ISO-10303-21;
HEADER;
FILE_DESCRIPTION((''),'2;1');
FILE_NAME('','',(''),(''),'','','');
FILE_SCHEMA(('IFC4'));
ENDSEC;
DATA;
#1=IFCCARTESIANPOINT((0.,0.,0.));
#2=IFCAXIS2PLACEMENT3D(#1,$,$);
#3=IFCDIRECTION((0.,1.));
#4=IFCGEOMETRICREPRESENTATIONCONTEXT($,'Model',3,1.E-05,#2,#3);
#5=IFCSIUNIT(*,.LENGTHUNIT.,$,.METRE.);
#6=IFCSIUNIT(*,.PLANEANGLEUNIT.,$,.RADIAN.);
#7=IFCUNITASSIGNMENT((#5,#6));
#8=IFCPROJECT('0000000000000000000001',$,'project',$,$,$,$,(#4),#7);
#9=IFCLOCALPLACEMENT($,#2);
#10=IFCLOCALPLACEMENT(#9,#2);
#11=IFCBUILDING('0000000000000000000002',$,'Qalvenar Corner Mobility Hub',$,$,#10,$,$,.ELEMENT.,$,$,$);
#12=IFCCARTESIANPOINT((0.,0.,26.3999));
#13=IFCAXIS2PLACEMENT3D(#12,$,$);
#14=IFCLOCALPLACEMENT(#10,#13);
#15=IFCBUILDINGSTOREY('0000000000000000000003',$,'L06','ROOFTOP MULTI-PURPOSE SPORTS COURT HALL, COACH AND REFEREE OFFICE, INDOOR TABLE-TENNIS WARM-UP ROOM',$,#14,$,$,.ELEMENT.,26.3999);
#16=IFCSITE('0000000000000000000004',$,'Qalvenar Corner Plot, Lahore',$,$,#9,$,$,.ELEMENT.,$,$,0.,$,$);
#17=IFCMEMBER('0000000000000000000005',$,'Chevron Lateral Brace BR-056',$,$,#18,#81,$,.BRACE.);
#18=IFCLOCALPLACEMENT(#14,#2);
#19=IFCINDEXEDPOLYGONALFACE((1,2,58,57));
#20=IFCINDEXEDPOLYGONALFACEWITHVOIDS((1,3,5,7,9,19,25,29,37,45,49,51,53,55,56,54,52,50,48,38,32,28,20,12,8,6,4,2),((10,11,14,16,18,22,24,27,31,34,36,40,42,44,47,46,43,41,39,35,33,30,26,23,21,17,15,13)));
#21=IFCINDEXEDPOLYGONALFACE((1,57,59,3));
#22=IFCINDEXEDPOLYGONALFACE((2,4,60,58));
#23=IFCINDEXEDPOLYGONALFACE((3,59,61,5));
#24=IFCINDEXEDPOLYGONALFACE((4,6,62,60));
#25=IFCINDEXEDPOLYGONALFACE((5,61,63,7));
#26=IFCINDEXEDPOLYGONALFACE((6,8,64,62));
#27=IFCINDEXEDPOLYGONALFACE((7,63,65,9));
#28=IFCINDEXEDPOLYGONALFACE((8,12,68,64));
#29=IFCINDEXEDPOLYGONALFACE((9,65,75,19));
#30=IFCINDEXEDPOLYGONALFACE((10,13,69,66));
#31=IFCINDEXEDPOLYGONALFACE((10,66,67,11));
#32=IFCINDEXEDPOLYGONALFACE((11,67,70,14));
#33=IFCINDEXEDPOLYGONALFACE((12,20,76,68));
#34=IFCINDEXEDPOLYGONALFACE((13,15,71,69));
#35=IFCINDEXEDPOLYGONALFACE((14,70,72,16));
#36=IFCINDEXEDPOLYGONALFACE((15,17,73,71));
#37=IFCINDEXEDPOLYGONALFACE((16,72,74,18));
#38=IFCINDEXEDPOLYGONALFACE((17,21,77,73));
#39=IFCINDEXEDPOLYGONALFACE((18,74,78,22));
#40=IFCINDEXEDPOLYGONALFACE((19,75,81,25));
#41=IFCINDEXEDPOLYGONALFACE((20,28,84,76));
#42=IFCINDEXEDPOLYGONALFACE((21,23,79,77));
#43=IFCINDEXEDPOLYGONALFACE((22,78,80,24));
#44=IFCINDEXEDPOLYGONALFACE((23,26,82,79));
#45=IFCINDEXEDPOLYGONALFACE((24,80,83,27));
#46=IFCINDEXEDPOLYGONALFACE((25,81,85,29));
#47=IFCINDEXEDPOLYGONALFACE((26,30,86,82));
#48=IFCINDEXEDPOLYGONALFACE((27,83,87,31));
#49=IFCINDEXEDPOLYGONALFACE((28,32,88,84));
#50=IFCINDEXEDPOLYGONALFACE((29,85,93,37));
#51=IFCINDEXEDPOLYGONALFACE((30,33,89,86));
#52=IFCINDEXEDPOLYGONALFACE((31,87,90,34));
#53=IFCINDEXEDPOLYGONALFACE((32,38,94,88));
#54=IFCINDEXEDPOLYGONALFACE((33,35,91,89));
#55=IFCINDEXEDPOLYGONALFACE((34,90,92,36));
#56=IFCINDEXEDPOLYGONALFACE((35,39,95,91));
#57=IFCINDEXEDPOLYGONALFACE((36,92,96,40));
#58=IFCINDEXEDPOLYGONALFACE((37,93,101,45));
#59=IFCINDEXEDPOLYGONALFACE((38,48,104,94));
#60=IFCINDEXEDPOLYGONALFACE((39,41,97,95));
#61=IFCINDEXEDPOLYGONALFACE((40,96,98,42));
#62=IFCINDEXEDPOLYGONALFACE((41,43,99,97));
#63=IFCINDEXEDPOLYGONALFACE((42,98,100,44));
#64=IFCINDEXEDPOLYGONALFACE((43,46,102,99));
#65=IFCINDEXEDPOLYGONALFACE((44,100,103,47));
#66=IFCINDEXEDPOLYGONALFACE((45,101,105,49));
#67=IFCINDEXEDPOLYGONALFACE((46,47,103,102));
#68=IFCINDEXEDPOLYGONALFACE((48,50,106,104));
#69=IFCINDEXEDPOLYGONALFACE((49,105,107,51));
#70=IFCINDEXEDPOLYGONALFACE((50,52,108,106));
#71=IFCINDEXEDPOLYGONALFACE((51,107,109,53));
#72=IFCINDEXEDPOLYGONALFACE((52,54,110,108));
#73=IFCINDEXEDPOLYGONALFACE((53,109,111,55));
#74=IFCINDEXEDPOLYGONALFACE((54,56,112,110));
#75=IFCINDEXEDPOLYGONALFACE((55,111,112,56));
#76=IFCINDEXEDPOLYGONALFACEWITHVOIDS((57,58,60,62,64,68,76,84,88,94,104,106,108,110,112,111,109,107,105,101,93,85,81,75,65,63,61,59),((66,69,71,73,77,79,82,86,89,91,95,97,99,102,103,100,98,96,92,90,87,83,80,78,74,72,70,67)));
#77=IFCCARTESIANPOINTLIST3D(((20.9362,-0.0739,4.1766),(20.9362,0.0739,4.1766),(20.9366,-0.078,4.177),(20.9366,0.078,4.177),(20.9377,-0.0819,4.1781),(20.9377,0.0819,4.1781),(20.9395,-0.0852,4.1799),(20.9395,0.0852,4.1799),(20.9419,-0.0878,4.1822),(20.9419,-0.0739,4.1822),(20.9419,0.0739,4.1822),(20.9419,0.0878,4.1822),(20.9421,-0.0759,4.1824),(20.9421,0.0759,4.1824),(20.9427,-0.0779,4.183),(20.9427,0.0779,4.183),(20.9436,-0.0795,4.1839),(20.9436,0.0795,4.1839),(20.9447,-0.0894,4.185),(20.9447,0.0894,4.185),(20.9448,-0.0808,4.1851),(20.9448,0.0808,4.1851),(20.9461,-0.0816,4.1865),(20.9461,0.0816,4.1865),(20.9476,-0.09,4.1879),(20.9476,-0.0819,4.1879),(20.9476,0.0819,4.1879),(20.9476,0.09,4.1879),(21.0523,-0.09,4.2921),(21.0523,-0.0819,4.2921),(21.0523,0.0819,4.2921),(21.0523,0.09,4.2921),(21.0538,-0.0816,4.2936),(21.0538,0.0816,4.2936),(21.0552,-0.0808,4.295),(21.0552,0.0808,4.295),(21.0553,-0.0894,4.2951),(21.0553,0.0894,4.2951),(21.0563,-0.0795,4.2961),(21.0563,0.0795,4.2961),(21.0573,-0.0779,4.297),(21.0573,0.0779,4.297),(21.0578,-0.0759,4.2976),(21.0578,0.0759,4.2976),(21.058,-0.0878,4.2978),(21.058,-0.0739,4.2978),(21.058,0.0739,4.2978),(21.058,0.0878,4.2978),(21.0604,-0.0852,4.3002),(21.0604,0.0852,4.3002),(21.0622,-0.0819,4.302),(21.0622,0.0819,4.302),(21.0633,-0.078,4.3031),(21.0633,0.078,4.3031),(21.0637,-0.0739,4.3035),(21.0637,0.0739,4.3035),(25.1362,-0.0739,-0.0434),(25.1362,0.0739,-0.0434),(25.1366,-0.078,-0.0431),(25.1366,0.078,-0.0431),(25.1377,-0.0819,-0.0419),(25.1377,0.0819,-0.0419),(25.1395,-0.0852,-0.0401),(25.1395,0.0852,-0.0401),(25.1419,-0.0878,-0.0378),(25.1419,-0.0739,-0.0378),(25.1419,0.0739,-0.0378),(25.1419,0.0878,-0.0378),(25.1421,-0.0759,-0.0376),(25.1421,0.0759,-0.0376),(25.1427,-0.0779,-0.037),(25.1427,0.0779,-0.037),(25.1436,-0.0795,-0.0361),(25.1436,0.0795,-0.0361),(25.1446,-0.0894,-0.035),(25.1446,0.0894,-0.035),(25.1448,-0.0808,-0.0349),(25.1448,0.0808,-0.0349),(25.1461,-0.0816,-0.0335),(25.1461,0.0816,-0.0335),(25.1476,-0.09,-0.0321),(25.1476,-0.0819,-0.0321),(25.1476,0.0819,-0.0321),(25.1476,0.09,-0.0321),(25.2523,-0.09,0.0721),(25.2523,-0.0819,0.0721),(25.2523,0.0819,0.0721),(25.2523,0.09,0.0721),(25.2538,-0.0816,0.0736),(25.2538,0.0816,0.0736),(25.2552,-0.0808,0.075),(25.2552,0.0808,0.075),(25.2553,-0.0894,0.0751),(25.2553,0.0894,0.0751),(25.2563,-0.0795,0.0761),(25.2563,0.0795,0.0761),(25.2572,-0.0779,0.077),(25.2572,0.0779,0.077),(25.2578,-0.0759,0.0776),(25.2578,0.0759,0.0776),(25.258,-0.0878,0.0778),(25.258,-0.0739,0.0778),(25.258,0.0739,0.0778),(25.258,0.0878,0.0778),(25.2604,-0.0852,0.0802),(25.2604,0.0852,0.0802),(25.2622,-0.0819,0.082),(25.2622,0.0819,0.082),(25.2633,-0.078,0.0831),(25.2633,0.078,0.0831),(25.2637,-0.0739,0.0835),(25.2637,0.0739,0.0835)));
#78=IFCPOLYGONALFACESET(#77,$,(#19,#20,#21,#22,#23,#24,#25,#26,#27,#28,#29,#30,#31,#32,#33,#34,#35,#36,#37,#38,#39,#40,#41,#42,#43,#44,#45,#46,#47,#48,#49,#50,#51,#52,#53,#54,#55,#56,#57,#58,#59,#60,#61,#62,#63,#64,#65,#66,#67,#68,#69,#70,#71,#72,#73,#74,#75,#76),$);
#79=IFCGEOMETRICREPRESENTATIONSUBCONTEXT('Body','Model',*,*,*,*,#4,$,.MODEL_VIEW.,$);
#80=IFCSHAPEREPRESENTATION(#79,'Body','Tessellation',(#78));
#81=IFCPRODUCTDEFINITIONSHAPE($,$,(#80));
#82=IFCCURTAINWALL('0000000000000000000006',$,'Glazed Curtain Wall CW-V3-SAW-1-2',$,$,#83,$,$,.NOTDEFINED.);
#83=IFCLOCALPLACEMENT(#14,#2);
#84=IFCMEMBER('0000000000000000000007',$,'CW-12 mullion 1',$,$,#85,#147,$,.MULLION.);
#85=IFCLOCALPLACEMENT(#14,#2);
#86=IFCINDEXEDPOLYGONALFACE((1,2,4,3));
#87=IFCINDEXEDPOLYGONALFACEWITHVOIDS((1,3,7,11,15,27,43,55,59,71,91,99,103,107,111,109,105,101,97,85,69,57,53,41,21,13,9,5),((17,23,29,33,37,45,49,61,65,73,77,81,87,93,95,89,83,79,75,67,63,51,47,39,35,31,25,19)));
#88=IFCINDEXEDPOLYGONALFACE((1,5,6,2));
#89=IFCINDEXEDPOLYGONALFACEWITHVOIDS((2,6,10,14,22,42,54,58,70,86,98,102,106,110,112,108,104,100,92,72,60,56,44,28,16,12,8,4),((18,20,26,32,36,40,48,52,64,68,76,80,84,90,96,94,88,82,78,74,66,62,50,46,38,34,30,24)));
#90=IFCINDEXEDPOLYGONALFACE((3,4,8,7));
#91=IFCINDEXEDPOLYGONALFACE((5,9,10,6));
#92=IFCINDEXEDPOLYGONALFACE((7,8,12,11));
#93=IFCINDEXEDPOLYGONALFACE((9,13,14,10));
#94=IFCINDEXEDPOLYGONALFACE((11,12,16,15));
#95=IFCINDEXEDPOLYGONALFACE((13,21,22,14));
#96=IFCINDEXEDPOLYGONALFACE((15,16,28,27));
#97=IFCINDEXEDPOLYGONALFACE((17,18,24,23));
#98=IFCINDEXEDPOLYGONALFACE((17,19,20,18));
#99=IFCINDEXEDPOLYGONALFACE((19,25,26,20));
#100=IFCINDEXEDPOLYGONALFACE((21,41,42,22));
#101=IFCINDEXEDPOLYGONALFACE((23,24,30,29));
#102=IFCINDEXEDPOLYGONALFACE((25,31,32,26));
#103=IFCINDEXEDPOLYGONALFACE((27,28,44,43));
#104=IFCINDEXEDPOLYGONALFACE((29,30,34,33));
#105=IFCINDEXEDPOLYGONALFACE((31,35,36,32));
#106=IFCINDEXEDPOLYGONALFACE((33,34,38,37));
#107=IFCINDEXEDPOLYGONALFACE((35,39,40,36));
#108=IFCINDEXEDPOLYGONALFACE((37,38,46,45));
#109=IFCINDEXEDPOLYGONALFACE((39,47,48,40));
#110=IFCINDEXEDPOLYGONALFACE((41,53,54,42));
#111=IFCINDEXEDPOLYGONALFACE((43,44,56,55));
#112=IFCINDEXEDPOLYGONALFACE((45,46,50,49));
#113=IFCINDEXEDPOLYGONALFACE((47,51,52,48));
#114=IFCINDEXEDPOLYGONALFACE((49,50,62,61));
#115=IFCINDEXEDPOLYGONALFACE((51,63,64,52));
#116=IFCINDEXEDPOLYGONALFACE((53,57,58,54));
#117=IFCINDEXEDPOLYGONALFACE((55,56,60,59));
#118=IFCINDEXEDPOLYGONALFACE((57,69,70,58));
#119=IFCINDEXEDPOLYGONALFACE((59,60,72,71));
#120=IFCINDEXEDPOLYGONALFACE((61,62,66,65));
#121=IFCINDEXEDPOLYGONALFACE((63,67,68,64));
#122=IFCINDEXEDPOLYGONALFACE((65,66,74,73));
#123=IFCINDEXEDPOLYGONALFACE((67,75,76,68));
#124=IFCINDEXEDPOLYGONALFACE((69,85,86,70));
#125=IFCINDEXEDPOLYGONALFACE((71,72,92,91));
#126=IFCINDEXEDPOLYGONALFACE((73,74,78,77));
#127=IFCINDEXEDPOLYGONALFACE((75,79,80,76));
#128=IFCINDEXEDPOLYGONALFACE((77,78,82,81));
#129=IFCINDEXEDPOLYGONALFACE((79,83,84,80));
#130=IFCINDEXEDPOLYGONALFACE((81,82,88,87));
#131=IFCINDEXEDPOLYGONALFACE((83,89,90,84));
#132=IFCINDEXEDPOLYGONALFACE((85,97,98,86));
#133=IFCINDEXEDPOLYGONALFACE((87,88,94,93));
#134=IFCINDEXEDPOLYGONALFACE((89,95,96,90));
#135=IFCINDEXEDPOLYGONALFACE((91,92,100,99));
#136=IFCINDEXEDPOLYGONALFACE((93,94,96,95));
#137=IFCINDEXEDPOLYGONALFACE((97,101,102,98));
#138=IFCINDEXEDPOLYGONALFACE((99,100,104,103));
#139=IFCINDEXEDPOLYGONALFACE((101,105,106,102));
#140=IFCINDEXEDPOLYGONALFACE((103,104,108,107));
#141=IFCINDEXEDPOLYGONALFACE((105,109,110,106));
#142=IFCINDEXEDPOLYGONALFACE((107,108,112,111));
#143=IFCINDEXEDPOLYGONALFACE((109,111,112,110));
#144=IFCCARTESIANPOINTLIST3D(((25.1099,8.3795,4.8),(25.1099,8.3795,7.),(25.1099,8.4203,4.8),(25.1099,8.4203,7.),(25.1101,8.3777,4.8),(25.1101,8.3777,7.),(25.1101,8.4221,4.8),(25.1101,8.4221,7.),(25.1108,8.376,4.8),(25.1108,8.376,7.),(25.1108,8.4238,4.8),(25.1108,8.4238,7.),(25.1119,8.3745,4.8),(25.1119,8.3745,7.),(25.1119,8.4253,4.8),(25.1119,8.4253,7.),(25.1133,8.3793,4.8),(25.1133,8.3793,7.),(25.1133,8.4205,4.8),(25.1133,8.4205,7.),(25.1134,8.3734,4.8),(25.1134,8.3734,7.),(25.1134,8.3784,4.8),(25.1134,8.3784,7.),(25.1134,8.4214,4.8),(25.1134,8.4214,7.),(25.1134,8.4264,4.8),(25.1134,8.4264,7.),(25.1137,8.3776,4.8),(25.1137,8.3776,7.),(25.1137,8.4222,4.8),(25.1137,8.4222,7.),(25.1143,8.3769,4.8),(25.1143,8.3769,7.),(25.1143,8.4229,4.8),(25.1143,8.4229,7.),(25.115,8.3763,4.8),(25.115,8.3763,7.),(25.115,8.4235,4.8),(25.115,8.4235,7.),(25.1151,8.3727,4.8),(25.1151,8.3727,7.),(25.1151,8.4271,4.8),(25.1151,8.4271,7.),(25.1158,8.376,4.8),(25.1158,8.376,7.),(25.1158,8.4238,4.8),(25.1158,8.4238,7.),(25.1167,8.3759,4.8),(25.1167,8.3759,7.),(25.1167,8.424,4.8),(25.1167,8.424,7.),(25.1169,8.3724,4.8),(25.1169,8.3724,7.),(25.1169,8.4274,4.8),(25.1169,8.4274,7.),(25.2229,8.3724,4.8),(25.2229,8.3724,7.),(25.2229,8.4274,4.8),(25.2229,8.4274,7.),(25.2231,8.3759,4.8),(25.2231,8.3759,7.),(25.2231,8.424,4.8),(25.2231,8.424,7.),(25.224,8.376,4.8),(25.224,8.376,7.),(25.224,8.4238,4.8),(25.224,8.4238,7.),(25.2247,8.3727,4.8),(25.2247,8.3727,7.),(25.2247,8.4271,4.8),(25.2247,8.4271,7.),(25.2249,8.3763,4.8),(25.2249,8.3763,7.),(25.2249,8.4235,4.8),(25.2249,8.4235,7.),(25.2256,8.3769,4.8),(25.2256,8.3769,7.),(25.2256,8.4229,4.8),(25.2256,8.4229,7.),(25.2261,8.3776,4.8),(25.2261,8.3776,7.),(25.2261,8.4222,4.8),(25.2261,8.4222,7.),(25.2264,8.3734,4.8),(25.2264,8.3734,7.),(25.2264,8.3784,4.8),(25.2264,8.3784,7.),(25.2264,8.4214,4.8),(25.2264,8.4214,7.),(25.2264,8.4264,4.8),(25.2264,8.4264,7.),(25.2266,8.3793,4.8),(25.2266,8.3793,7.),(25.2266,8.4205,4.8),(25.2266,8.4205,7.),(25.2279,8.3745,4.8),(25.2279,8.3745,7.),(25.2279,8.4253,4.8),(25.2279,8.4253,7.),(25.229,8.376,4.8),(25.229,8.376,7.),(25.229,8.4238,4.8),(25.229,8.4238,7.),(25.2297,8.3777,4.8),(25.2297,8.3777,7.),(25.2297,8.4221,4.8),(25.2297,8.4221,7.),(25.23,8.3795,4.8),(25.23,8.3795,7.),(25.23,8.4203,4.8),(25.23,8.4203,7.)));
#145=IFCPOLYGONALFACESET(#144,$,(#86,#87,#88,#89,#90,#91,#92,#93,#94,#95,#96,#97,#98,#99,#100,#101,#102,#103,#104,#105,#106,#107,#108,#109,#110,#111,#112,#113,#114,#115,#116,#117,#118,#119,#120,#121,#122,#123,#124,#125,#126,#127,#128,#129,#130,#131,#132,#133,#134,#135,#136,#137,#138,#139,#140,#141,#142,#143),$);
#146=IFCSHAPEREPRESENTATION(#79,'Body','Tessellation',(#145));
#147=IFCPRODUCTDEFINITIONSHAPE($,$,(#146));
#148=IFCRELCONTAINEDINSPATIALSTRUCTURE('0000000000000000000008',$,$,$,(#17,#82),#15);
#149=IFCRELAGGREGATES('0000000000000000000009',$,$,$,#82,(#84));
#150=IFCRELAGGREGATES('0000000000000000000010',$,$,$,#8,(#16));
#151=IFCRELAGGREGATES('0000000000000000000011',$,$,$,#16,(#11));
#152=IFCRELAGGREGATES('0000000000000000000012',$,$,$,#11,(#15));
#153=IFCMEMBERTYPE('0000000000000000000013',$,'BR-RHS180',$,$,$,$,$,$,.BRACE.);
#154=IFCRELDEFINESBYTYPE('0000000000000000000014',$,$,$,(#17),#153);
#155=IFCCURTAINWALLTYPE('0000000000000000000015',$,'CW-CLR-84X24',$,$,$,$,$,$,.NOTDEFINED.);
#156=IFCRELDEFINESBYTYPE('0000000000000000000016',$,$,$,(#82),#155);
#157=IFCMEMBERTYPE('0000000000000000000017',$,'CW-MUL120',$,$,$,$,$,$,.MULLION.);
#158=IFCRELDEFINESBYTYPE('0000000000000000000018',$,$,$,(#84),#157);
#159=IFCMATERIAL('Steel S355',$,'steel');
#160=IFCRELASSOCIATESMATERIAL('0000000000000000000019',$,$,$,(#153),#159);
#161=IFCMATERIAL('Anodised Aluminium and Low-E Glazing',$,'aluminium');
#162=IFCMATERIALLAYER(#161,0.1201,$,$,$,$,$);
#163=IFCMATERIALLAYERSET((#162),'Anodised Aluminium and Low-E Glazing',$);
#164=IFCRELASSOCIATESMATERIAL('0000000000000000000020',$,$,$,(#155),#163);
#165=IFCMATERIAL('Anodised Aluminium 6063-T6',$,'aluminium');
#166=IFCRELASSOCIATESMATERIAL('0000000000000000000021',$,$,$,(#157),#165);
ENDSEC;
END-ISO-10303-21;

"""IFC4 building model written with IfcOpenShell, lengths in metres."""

from ifc_helpers import new_model, si_unit, direction, frame, origin, origin_2d, place, context, subcontext, project, spatial, hollow_rectangle, extrude, material, layer, layer_set, material_profile, profile_set, type_object, element, aggregate, save


model = new_model("IFC4")

# Units and contexts
model_context = context("Model", 3, precision=1e-05, world=origin(), true_north=direction((0.0, 1.0)))
body_context = subcontext(model_context, "Body", "Model", "MODEL_VIEW")
ifc_project = project(units=[si_unit("LENGTHUNIT", "METRE"), si_unit("PLANEANGLEUNIT", "RADIAN")], contexts=[model_context])

# Site, building, storey
site_placement = place(None, origin())
site = spatial("IfcSite", under=ifc_project, at=site_placement, Name="Qalvenar Corner Plot, Lahore", CompositionType="ELEMENT", RefElevation=0.0)
building_placement = place(site_placement, origin())
building = spatial("IfcBuilding", under=site, at=building_placement, Name="Qalvenar Corner Mobility Hub", CompositionType="ELEMENT")
storey_placement = place(building_placement, frame((0.0, 0.0, 26.3999)))
storey = spatial("IfcBuildingStorey", under=building, at=storey_placement, Name="L06", Description="ROOFTOP MULTI-PURPOSE SPORTS COURT HALL, COACH AND REFEREE OFFICE, INDOOR TABLE-TENNIS WARM-UP ROOM", CompositionType="ELEMENT", Elevation=26.3999)

# Shared definitions
ifc_material_1 = material(Name="Steel S355", Category="steel")

# Member
ifc_material_profile_1 = material_profile(ifc_material_1, hollow_rectangle(XDim=0.1799, YDim=0.1799, WallThickness=0.0081, InnerFilletRadius=0.0081, OuterFilletRadius=0.0161, at=origin_2d()), Name="SHS180x180x8")
ifc_profile_set_1 = profile_set([ifc_material_profile_1], Name="Steel S355")
member_type_1 = type_object("IfcMemberType", Name="BR-RHS180", PredefinedType="BRACE", material=ifc_profile_set_1)
member_1_placement = place(storey_placement, frame((25.2, 0.0, 0.02), z_axis=(-0.705424, 0.0, 0.708786), x_axis=(0.0, -1.0, 0.0)))
element("IfcMember", 1, at=member_1_placement, inside=storey, type_object=member_type_1, Name="Chevron Lateral Brace BR-056", PredefinedType="BRACE", context=body_context, shape_type="SweptSolid", body=[
    extrude(hollow_rectangle(XDim=0.1799, YDim=0.1799, WallThickness=0.0081, InnerFilletRadius=0.0081, OuterFilletRadius=0.0161, at=origin_2d()), origin(), (0.0, 0.0, 1.0), 5.9539),
])

# Curtain wall, member
ifc_material_2 = material(Name="Anodised Aluminium and Low-E Glazing", Category="aluminium")
ifc_layer_1 = layer(ifc_material_2, 0.1201)
ifc_layer_set_1 = layer_set([ifc_layer_1], Name="Anodised Aluminium and Low-E Glazing")
curtain_wall_type = type_object("IfcCurtainWallType", Name="CW-CLR-84X24", PredefinedType="NOTDEFINED", material=ifc_layer_set_1)
curtain_wall_1_placement = place(storey_placement, origin())
curtain_wall_1 = element("IfcCurtainWall", 2, at=curtain_wall_1_placement, inside=storey, type_object=curtain_wall_type, Name="Glazed Curtain Wall CW-V3-SAW-1-2", PredefinedType="NOTDEFINED")
ifc_material_3 = material(Name="Anodised Aluminium 6063-T6", Category="aluminium")
ifc_material_profile_2 = material_profile(ifc_material_3, hollow_rectangle(XDim=0.0549, YDim=0.1201, WallThickness=0.0034, InnerFilletRadius=0.0034, OuterFilletRadius=0.0071, at=origin_2d()), Name="RHS120x55x3.5")
ifc_profile_set_2 = profile_set([ifc_material_profile_2], Name="Anodised Aluminium 6063-T6")
member_type_2 = type_object("IfcMemberType", Name="CW-MUL120", PredefinedType="MULLION", material=ifc_profile_set_2)
member_2_placement = place(storey_placement, frame((25.1699, 8.3999, 4.8), z_axis=(0.0, 0.0, 1.0), x_axis=(0.0, -1.0, 0.0)))
member_2 = element("IfcMember", 3, at=member_2_placement, type_object=member_type_2, Name="CW-12 mullion 1", PredefinedType="MULLION", context=body_context, shape_type="SweptSolid", body=[
    extrude(hollow_rectangle(XDim=0.0549, YDim=0.1201, WallThickness=0.0034, InnerFilletRadius=0.0034, OuterFilletRadius=0.0071, at=origin_2d()), origin(), (0.0, 0.0, 1.0), 2.2),
])

aggregate(curtain_wall_1, [member_2])

save(model, "model.ifc")
